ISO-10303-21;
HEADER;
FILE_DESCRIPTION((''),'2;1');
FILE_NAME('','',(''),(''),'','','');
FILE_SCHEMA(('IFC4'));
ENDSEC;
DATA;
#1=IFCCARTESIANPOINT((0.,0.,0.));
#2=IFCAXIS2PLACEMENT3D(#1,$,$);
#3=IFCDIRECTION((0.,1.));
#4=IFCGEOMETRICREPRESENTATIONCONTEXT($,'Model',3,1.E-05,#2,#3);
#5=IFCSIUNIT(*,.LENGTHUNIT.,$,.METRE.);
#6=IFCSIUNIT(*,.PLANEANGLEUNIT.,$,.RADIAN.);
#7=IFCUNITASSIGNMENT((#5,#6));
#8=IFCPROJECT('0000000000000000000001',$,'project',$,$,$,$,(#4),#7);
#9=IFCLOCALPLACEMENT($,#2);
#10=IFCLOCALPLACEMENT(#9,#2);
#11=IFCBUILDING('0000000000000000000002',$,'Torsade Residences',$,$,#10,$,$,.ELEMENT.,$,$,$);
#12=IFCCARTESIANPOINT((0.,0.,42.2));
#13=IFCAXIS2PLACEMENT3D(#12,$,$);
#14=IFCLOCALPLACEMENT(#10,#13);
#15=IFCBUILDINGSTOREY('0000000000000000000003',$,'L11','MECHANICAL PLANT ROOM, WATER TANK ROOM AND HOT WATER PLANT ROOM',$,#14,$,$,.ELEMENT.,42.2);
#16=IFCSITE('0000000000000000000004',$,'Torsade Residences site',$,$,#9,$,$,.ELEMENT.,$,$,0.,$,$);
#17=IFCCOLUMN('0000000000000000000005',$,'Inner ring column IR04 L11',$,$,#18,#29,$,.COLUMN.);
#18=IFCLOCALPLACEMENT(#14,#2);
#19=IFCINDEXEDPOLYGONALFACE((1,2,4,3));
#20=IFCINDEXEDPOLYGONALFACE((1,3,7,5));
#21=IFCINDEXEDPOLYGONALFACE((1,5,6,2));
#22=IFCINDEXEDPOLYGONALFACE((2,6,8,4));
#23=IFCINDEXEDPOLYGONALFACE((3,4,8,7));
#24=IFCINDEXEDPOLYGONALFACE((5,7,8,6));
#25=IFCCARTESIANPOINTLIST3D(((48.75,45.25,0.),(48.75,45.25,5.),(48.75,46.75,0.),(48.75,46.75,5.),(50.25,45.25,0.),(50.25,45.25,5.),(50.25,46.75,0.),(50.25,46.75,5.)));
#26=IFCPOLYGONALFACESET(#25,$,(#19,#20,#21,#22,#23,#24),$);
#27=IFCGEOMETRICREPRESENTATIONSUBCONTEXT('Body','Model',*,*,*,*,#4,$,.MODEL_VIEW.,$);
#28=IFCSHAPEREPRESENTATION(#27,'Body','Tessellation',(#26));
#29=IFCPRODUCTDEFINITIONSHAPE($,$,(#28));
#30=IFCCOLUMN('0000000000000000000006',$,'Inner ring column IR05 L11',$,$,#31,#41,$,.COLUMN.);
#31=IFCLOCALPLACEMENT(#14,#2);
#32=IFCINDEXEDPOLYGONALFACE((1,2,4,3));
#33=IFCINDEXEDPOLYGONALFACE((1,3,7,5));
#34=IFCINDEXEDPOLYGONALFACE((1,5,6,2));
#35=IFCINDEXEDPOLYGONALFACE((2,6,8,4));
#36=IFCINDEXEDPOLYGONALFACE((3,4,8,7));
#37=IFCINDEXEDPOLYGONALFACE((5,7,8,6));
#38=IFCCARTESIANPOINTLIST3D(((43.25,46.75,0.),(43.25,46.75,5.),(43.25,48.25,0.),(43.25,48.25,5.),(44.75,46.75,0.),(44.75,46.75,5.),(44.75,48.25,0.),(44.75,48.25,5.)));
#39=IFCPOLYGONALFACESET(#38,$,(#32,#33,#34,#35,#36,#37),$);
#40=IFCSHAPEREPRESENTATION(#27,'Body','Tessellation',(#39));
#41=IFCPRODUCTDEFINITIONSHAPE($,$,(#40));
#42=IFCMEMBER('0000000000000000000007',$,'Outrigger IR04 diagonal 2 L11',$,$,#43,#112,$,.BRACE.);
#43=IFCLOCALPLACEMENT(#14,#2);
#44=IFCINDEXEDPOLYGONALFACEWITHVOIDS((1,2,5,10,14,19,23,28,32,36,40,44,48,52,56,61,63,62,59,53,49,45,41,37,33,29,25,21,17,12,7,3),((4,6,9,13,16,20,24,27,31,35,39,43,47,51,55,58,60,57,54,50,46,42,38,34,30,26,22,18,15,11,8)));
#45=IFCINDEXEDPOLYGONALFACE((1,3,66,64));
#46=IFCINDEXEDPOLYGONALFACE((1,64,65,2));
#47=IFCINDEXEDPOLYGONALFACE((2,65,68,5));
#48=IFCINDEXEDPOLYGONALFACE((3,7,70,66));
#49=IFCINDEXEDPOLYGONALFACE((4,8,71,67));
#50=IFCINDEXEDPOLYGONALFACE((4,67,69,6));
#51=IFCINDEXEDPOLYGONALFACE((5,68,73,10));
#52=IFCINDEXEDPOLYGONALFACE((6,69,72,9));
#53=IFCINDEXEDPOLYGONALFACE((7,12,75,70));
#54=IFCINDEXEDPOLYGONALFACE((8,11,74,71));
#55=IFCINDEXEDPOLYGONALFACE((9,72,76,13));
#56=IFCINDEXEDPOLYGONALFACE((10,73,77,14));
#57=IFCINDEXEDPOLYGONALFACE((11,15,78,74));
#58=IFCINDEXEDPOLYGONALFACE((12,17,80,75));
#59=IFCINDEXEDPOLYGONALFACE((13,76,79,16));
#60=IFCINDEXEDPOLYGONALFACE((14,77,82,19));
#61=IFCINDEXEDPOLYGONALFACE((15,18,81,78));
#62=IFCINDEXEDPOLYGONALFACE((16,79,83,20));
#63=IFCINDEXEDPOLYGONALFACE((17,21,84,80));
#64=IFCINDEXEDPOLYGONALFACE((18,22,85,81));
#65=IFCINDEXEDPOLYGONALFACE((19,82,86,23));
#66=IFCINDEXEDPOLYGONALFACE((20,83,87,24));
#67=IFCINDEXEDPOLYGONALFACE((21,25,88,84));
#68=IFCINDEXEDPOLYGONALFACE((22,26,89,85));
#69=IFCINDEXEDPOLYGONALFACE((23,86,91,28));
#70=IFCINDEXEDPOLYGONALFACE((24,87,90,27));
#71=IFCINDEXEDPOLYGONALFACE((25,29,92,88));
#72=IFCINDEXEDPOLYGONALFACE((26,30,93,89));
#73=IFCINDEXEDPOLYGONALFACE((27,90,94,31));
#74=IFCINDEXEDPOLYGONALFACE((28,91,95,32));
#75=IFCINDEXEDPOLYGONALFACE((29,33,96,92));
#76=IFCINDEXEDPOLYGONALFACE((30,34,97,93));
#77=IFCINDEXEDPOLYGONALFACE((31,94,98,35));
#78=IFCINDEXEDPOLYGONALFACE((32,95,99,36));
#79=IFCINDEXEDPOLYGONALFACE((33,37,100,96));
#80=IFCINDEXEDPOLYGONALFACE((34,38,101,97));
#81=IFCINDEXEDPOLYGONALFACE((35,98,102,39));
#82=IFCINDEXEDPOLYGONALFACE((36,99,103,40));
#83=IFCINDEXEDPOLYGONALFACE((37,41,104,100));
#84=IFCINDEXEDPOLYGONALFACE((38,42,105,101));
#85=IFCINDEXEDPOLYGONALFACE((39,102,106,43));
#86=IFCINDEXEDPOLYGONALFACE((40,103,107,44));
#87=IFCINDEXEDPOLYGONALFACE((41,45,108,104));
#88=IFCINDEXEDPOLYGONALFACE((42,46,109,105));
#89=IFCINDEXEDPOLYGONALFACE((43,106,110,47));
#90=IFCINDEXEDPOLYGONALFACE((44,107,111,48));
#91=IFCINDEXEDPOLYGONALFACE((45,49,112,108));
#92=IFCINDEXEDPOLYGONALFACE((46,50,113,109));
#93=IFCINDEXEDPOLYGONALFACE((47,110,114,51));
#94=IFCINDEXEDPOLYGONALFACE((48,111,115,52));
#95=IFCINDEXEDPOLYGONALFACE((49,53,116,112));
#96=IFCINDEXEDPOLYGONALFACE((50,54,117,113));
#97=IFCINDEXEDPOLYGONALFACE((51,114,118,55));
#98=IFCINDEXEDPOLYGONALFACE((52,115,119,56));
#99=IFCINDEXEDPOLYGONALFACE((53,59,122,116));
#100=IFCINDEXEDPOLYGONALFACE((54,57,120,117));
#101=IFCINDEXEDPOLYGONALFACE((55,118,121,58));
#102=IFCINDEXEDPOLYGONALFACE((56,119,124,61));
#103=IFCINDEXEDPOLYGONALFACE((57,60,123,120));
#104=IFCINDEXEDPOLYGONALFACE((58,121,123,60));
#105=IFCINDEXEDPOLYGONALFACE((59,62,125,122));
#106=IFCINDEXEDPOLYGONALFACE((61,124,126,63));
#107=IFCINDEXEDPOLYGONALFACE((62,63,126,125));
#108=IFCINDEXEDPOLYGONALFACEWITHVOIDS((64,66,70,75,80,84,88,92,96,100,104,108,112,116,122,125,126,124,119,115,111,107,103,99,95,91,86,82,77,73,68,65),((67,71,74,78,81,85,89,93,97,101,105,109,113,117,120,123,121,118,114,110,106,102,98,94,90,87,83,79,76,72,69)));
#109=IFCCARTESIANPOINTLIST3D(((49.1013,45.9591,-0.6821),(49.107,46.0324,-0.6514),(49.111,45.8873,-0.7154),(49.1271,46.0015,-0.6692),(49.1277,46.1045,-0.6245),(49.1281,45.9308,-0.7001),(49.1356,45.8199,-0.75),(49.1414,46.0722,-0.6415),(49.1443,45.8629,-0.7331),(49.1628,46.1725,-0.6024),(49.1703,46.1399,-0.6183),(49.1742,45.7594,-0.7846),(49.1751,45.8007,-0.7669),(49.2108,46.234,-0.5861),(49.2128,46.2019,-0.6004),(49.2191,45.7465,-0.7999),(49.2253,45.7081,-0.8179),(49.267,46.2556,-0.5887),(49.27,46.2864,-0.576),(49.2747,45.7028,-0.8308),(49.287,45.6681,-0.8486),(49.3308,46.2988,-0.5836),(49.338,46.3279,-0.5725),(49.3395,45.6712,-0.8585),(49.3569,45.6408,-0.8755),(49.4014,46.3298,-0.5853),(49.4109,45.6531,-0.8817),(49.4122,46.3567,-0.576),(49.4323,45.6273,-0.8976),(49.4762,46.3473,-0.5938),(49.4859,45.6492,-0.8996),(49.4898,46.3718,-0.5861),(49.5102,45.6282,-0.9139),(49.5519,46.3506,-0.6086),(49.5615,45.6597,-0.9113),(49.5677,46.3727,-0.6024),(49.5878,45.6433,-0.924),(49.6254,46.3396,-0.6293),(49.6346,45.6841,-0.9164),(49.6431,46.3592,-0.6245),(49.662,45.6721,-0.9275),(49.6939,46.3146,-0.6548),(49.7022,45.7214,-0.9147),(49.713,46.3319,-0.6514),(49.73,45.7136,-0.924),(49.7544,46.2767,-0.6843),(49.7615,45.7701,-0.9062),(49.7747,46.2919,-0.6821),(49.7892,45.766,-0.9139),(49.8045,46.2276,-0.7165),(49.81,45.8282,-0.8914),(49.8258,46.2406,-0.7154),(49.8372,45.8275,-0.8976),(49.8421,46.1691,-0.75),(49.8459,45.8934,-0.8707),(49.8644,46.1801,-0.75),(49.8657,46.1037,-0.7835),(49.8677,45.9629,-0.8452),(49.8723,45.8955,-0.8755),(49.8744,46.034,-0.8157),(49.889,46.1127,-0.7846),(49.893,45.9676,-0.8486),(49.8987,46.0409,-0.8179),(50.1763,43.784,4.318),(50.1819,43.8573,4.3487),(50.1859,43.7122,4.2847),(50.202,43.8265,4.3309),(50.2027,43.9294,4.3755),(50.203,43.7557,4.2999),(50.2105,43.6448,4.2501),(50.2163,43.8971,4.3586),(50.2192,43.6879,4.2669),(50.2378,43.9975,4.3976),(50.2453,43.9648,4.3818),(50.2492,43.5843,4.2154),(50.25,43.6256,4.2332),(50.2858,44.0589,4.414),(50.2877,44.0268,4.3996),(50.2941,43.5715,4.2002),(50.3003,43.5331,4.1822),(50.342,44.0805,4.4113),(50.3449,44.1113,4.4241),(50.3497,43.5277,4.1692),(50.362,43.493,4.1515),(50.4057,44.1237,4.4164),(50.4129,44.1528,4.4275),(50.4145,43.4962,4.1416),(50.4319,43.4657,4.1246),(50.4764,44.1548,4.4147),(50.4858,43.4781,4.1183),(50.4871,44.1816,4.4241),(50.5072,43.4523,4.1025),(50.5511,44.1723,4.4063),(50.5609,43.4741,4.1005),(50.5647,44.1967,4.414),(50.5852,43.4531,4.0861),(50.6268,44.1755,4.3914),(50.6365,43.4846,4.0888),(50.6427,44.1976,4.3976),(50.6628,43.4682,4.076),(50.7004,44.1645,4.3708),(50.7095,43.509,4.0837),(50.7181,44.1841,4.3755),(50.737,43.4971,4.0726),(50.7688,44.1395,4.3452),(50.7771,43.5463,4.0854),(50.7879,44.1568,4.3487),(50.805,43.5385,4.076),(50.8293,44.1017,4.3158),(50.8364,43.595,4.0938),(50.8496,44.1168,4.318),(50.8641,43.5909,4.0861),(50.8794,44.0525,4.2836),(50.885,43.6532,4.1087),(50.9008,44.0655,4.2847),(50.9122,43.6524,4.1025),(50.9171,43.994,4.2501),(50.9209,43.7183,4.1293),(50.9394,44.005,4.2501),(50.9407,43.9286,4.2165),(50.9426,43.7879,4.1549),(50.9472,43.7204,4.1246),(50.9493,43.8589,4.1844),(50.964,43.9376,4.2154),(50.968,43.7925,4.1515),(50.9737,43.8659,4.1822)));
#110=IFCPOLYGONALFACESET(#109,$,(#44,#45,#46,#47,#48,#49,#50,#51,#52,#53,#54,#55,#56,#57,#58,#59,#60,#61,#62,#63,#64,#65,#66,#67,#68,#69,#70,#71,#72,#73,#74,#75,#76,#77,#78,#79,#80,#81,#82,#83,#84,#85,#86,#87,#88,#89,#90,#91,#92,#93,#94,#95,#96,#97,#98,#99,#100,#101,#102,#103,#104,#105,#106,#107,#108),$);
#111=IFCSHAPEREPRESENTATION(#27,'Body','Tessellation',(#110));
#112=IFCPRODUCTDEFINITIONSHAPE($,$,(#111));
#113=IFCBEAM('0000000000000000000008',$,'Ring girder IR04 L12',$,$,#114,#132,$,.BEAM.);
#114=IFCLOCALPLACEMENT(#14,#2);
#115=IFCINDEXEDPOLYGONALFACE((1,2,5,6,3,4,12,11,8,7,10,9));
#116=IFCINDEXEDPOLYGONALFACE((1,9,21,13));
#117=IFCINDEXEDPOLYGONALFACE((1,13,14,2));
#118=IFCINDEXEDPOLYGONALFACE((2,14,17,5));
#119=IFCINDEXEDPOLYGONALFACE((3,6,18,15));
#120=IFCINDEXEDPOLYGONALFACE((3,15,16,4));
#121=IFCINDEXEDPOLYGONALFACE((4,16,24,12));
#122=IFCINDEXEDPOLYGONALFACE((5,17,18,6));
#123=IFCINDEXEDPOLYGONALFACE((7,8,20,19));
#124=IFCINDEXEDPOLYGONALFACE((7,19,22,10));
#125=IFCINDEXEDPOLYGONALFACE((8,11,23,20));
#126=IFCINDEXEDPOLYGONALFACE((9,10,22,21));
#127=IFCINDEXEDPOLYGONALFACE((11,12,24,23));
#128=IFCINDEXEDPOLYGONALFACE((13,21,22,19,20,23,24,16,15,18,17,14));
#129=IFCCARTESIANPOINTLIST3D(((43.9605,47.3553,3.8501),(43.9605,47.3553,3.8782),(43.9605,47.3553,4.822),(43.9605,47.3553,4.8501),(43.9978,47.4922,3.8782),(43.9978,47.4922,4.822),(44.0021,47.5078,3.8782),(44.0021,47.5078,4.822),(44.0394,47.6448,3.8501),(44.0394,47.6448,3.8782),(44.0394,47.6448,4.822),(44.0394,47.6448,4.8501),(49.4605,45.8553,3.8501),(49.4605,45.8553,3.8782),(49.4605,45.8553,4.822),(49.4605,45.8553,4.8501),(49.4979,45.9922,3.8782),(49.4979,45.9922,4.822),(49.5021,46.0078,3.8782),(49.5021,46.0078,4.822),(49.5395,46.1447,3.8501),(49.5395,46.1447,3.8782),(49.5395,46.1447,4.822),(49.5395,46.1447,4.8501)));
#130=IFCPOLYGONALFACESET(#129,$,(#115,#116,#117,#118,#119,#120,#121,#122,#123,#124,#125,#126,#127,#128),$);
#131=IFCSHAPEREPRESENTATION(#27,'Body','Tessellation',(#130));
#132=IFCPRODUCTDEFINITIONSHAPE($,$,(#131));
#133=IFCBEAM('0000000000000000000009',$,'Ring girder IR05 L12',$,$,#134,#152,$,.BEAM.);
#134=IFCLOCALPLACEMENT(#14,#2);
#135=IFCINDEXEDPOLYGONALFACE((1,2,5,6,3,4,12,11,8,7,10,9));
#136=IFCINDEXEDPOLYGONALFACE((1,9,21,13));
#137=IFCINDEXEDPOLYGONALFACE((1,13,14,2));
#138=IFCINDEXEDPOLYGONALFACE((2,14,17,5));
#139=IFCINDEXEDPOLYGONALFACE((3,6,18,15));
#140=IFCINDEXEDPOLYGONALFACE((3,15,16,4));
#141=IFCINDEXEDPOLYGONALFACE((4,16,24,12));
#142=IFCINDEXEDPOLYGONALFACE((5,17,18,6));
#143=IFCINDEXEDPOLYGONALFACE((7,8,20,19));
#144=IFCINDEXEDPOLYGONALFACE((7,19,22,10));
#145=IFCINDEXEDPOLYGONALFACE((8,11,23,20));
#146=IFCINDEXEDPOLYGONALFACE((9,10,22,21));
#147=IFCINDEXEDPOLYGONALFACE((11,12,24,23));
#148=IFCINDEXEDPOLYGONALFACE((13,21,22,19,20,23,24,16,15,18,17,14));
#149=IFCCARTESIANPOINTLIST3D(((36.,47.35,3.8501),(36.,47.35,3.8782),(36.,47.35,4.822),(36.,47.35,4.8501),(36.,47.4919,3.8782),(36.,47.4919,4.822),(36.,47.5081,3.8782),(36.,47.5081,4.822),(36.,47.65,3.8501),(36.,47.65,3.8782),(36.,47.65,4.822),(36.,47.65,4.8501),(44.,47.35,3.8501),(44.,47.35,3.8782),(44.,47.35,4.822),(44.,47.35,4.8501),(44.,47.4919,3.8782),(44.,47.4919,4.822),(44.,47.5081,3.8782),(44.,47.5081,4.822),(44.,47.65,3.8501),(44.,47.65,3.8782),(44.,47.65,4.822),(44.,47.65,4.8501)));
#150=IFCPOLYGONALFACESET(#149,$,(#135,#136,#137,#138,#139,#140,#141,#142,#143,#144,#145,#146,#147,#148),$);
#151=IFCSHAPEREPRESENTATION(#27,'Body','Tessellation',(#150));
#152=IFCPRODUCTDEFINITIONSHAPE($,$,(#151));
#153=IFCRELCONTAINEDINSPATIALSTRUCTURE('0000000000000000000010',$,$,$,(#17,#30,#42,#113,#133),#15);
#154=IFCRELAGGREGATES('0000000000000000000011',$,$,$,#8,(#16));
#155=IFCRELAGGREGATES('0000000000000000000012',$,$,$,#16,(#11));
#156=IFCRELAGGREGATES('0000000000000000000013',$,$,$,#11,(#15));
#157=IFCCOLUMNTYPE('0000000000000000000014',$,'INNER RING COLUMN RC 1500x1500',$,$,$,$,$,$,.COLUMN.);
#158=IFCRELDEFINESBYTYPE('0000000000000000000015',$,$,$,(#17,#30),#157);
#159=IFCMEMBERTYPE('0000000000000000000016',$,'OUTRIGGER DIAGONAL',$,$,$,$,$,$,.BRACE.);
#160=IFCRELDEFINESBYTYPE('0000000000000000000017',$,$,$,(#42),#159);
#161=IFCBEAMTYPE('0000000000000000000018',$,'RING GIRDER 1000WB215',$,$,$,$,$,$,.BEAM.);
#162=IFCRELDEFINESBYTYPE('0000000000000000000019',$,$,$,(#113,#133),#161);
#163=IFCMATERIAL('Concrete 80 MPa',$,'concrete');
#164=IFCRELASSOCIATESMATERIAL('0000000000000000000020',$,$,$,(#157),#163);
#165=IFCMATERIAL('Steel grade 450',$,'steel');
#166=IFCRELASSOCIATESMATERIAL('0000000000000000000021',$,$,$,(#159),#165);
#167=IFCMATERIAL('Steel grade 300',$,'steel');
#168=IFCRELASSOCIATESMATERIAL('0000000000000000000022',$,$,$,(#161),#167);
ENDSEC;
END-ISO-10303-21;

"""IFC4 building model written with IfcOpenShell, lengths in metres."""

from ifc_helpers import new_model, si_unit, direction, frame, origin, origin_2d, place, context, subcontext, project, spatial, rectangle, hollow_circle, i_section, extrude, material, material_profile, profile_set, type_object, element, save


model = new_model("IFC4")

# Units and contexts
model_context = context("Model", 3, precision=1e-05, world=origin(), true_north=direction((0.0, 1.0)))
body_context = subcontext(model_context, "Body", "Model", "MODEL_VIEW")
ifc_project = project(units=[si_unit("LENGTHUNIT", "METRE"), si_unit("PLANEANGLEUNIT", "RADIAN")], contexts=[model_context])

# Site, building, storey
site_placement = place(None, origin())
site = spatial("IfcSite", under=ifc_project, at=site_placement, Name="Torsade Residences site", CompositionType="ELEMENT", RefElevation=0.0)
building_placement = place(site_placement, origin())
building = spatial("IfcBuilding", under=site, at=building_placement, Name="Torsade Residences", CompositionType="ELEMENT")
storey_placement = place(building_placement, frame((0.0, 0.0, 42.2)))
storey = spatial("IfcBuildingStorey", under=building, at=storey_placement, Name="L11", Description="MECHANICAL PLANT ROOM, WATER TANK ROOM AND HOT WATER PLANT ROOM", CompositionType="ELEMENT", Elevation=42.2)

# Columns
ifc_material_1 = material(Name="Concrete 80 MPa", Category="concrete")
ifc_material_profile_1 = material_profile(ifc_material_1, rectangle(XDim=1.5, YDim=1.5, at=origin_2d()), Name="RC 1500x1500")
ifc_profile_set_1 = profile_set([ifc_material_profile_1], Name="Concrete 80 MPa")
column_type = type_object("IfcColumnType", Name="INNER RING COLUMN RC 1500x1500", PredefinedType="COLUMN", material=ifc_profile_set_1)
for number, where, z_axis, x_axis, name in (
    (1, (49.5, 46.0, 0.0), (0.0, 0.0, 1.0), (1.0, 0.0, 0.0), "Inner ring column IR04 L11"),
    (2, (44.0, 47.5, 0.0), (0.0, 0.0, 1.0), (1.0, 0.0, 0.0), "Inner ring column IR05 L11"),
):
    element("IfcColumn", number, at=place(storey_placement, frame(where, z_axis=z_axis, x_axis=x_axis)), inside=storey, type_object=column_type, Name=name, PredefinedType="COLUMN", context=body_context, shape_type="SweptSolid", body=[
        extrude(rectangle(XDim=1.5, YDim=1.5, at=origin_2d()), origin(), (0.0, 0.0, 1.0), 5.0),
    ])

# Member
ifc_material_2 = material(Name="Steel grade 450", Category="steel")
ifc_material_profile_2 = material_profile(ifc_material_2, hollow_circle(Radius=0.4065, WallThickness=0.0249, at=origin_2d()), Name="813.0x25.0CHS")
ifc_profile_set_2 = profile_set([ifc_material_profile_2], Name="Steel grade 450")
member_type_1 = type_object("IfcMemberType", Name="OUTRIGGER DIAGONAL", PredefinedType="BRACE", material=ifc_profile_set_2)
member_1_placement = place(storey_placement, frame((49.5, 46.0, -0.75), z_axis=(0.193422, -0.391368, 0.899677), x_axis=(0.896491, 0.443063, 0.0)))
element("IfcMember", 3, at=member_1_placement, inside=storey, type_object=member_type_1, Name="Outrigger IR04 diagonal 2 L11", PredefinedType="BRACE", context=body_context, shape_type="SweptSolid", body=[
    extrude(hollow_circle(Radius=0.4065, WallThickness=0.0249, at=origin_2d()), origin(), (0.0, 0.0, 1.0), 5.5576),
])

# Beams
ifc_material_3 = material(Name="Steel grade 300", Category="steel")
ifc_material_profile_3 = material_profile(ifc_material_3, i_section(OverallWidth=0.3, OverallDepth=1.0, WebThickness=0.0161, FlangeThickness=0.0281, at=origin_2d()), Name="1000WB215")
ifc_profile_set_3 = profile_set([ifc_material_profile_3], Name="Steel grade 300")
beam_type_1 = type_object("IfcBeamType", Name="RING GIRDER 1000WB215", PredefinedType="BEAM", material=ifc_profile_set_3)
beam_1_placement = place(storey_placement, frame((49.5, 46.0, 4.3501), z_axis=(-0.964764, 0.263117, 0.0), x_axis=(-0.263117, -0.964764, 0.0)))
element("IfcBeam", 4, at=beam_1_placement, inside=storey, type_object=beam_type_1, Name="Ring girder IR04 L12", PredefinedType="BEAM", context=body_context, shape_type="SweptSolid", body=[
    extrude(i_section(OverallWidth=0.3, OverallDepth=1.0, WebThickness=0.0161, FlangeThickness=0.0281, at=origin_2d()), origin(), (0.0, 0.0, 1.0), 5.7009),
])
beam_2_placement = place(storey_placement, frame((44.0, 47.5, 4.3501), z_axis=(-1.0, 0.0, 0.0), x_axis=(0.0, -1.0, 0.0)))
element("IfcBeam", 5, at=beam_2_placement, inside=storey, type_object=beam_type_1, Name="Ring girder IR05 L12", PredefinedType="BEAM", context=body_context, shape_type="SweptSolid", body=[
    extrude(i_section(OverallWidth=0.3, OverallDepth=1.0, WebThickness=0.0161, FlangeThickness=0.0281, at=origin_2d()), origin(), (0.0, 0.0, 1.0), 8.0),
])

save(model, "model.ifc")
